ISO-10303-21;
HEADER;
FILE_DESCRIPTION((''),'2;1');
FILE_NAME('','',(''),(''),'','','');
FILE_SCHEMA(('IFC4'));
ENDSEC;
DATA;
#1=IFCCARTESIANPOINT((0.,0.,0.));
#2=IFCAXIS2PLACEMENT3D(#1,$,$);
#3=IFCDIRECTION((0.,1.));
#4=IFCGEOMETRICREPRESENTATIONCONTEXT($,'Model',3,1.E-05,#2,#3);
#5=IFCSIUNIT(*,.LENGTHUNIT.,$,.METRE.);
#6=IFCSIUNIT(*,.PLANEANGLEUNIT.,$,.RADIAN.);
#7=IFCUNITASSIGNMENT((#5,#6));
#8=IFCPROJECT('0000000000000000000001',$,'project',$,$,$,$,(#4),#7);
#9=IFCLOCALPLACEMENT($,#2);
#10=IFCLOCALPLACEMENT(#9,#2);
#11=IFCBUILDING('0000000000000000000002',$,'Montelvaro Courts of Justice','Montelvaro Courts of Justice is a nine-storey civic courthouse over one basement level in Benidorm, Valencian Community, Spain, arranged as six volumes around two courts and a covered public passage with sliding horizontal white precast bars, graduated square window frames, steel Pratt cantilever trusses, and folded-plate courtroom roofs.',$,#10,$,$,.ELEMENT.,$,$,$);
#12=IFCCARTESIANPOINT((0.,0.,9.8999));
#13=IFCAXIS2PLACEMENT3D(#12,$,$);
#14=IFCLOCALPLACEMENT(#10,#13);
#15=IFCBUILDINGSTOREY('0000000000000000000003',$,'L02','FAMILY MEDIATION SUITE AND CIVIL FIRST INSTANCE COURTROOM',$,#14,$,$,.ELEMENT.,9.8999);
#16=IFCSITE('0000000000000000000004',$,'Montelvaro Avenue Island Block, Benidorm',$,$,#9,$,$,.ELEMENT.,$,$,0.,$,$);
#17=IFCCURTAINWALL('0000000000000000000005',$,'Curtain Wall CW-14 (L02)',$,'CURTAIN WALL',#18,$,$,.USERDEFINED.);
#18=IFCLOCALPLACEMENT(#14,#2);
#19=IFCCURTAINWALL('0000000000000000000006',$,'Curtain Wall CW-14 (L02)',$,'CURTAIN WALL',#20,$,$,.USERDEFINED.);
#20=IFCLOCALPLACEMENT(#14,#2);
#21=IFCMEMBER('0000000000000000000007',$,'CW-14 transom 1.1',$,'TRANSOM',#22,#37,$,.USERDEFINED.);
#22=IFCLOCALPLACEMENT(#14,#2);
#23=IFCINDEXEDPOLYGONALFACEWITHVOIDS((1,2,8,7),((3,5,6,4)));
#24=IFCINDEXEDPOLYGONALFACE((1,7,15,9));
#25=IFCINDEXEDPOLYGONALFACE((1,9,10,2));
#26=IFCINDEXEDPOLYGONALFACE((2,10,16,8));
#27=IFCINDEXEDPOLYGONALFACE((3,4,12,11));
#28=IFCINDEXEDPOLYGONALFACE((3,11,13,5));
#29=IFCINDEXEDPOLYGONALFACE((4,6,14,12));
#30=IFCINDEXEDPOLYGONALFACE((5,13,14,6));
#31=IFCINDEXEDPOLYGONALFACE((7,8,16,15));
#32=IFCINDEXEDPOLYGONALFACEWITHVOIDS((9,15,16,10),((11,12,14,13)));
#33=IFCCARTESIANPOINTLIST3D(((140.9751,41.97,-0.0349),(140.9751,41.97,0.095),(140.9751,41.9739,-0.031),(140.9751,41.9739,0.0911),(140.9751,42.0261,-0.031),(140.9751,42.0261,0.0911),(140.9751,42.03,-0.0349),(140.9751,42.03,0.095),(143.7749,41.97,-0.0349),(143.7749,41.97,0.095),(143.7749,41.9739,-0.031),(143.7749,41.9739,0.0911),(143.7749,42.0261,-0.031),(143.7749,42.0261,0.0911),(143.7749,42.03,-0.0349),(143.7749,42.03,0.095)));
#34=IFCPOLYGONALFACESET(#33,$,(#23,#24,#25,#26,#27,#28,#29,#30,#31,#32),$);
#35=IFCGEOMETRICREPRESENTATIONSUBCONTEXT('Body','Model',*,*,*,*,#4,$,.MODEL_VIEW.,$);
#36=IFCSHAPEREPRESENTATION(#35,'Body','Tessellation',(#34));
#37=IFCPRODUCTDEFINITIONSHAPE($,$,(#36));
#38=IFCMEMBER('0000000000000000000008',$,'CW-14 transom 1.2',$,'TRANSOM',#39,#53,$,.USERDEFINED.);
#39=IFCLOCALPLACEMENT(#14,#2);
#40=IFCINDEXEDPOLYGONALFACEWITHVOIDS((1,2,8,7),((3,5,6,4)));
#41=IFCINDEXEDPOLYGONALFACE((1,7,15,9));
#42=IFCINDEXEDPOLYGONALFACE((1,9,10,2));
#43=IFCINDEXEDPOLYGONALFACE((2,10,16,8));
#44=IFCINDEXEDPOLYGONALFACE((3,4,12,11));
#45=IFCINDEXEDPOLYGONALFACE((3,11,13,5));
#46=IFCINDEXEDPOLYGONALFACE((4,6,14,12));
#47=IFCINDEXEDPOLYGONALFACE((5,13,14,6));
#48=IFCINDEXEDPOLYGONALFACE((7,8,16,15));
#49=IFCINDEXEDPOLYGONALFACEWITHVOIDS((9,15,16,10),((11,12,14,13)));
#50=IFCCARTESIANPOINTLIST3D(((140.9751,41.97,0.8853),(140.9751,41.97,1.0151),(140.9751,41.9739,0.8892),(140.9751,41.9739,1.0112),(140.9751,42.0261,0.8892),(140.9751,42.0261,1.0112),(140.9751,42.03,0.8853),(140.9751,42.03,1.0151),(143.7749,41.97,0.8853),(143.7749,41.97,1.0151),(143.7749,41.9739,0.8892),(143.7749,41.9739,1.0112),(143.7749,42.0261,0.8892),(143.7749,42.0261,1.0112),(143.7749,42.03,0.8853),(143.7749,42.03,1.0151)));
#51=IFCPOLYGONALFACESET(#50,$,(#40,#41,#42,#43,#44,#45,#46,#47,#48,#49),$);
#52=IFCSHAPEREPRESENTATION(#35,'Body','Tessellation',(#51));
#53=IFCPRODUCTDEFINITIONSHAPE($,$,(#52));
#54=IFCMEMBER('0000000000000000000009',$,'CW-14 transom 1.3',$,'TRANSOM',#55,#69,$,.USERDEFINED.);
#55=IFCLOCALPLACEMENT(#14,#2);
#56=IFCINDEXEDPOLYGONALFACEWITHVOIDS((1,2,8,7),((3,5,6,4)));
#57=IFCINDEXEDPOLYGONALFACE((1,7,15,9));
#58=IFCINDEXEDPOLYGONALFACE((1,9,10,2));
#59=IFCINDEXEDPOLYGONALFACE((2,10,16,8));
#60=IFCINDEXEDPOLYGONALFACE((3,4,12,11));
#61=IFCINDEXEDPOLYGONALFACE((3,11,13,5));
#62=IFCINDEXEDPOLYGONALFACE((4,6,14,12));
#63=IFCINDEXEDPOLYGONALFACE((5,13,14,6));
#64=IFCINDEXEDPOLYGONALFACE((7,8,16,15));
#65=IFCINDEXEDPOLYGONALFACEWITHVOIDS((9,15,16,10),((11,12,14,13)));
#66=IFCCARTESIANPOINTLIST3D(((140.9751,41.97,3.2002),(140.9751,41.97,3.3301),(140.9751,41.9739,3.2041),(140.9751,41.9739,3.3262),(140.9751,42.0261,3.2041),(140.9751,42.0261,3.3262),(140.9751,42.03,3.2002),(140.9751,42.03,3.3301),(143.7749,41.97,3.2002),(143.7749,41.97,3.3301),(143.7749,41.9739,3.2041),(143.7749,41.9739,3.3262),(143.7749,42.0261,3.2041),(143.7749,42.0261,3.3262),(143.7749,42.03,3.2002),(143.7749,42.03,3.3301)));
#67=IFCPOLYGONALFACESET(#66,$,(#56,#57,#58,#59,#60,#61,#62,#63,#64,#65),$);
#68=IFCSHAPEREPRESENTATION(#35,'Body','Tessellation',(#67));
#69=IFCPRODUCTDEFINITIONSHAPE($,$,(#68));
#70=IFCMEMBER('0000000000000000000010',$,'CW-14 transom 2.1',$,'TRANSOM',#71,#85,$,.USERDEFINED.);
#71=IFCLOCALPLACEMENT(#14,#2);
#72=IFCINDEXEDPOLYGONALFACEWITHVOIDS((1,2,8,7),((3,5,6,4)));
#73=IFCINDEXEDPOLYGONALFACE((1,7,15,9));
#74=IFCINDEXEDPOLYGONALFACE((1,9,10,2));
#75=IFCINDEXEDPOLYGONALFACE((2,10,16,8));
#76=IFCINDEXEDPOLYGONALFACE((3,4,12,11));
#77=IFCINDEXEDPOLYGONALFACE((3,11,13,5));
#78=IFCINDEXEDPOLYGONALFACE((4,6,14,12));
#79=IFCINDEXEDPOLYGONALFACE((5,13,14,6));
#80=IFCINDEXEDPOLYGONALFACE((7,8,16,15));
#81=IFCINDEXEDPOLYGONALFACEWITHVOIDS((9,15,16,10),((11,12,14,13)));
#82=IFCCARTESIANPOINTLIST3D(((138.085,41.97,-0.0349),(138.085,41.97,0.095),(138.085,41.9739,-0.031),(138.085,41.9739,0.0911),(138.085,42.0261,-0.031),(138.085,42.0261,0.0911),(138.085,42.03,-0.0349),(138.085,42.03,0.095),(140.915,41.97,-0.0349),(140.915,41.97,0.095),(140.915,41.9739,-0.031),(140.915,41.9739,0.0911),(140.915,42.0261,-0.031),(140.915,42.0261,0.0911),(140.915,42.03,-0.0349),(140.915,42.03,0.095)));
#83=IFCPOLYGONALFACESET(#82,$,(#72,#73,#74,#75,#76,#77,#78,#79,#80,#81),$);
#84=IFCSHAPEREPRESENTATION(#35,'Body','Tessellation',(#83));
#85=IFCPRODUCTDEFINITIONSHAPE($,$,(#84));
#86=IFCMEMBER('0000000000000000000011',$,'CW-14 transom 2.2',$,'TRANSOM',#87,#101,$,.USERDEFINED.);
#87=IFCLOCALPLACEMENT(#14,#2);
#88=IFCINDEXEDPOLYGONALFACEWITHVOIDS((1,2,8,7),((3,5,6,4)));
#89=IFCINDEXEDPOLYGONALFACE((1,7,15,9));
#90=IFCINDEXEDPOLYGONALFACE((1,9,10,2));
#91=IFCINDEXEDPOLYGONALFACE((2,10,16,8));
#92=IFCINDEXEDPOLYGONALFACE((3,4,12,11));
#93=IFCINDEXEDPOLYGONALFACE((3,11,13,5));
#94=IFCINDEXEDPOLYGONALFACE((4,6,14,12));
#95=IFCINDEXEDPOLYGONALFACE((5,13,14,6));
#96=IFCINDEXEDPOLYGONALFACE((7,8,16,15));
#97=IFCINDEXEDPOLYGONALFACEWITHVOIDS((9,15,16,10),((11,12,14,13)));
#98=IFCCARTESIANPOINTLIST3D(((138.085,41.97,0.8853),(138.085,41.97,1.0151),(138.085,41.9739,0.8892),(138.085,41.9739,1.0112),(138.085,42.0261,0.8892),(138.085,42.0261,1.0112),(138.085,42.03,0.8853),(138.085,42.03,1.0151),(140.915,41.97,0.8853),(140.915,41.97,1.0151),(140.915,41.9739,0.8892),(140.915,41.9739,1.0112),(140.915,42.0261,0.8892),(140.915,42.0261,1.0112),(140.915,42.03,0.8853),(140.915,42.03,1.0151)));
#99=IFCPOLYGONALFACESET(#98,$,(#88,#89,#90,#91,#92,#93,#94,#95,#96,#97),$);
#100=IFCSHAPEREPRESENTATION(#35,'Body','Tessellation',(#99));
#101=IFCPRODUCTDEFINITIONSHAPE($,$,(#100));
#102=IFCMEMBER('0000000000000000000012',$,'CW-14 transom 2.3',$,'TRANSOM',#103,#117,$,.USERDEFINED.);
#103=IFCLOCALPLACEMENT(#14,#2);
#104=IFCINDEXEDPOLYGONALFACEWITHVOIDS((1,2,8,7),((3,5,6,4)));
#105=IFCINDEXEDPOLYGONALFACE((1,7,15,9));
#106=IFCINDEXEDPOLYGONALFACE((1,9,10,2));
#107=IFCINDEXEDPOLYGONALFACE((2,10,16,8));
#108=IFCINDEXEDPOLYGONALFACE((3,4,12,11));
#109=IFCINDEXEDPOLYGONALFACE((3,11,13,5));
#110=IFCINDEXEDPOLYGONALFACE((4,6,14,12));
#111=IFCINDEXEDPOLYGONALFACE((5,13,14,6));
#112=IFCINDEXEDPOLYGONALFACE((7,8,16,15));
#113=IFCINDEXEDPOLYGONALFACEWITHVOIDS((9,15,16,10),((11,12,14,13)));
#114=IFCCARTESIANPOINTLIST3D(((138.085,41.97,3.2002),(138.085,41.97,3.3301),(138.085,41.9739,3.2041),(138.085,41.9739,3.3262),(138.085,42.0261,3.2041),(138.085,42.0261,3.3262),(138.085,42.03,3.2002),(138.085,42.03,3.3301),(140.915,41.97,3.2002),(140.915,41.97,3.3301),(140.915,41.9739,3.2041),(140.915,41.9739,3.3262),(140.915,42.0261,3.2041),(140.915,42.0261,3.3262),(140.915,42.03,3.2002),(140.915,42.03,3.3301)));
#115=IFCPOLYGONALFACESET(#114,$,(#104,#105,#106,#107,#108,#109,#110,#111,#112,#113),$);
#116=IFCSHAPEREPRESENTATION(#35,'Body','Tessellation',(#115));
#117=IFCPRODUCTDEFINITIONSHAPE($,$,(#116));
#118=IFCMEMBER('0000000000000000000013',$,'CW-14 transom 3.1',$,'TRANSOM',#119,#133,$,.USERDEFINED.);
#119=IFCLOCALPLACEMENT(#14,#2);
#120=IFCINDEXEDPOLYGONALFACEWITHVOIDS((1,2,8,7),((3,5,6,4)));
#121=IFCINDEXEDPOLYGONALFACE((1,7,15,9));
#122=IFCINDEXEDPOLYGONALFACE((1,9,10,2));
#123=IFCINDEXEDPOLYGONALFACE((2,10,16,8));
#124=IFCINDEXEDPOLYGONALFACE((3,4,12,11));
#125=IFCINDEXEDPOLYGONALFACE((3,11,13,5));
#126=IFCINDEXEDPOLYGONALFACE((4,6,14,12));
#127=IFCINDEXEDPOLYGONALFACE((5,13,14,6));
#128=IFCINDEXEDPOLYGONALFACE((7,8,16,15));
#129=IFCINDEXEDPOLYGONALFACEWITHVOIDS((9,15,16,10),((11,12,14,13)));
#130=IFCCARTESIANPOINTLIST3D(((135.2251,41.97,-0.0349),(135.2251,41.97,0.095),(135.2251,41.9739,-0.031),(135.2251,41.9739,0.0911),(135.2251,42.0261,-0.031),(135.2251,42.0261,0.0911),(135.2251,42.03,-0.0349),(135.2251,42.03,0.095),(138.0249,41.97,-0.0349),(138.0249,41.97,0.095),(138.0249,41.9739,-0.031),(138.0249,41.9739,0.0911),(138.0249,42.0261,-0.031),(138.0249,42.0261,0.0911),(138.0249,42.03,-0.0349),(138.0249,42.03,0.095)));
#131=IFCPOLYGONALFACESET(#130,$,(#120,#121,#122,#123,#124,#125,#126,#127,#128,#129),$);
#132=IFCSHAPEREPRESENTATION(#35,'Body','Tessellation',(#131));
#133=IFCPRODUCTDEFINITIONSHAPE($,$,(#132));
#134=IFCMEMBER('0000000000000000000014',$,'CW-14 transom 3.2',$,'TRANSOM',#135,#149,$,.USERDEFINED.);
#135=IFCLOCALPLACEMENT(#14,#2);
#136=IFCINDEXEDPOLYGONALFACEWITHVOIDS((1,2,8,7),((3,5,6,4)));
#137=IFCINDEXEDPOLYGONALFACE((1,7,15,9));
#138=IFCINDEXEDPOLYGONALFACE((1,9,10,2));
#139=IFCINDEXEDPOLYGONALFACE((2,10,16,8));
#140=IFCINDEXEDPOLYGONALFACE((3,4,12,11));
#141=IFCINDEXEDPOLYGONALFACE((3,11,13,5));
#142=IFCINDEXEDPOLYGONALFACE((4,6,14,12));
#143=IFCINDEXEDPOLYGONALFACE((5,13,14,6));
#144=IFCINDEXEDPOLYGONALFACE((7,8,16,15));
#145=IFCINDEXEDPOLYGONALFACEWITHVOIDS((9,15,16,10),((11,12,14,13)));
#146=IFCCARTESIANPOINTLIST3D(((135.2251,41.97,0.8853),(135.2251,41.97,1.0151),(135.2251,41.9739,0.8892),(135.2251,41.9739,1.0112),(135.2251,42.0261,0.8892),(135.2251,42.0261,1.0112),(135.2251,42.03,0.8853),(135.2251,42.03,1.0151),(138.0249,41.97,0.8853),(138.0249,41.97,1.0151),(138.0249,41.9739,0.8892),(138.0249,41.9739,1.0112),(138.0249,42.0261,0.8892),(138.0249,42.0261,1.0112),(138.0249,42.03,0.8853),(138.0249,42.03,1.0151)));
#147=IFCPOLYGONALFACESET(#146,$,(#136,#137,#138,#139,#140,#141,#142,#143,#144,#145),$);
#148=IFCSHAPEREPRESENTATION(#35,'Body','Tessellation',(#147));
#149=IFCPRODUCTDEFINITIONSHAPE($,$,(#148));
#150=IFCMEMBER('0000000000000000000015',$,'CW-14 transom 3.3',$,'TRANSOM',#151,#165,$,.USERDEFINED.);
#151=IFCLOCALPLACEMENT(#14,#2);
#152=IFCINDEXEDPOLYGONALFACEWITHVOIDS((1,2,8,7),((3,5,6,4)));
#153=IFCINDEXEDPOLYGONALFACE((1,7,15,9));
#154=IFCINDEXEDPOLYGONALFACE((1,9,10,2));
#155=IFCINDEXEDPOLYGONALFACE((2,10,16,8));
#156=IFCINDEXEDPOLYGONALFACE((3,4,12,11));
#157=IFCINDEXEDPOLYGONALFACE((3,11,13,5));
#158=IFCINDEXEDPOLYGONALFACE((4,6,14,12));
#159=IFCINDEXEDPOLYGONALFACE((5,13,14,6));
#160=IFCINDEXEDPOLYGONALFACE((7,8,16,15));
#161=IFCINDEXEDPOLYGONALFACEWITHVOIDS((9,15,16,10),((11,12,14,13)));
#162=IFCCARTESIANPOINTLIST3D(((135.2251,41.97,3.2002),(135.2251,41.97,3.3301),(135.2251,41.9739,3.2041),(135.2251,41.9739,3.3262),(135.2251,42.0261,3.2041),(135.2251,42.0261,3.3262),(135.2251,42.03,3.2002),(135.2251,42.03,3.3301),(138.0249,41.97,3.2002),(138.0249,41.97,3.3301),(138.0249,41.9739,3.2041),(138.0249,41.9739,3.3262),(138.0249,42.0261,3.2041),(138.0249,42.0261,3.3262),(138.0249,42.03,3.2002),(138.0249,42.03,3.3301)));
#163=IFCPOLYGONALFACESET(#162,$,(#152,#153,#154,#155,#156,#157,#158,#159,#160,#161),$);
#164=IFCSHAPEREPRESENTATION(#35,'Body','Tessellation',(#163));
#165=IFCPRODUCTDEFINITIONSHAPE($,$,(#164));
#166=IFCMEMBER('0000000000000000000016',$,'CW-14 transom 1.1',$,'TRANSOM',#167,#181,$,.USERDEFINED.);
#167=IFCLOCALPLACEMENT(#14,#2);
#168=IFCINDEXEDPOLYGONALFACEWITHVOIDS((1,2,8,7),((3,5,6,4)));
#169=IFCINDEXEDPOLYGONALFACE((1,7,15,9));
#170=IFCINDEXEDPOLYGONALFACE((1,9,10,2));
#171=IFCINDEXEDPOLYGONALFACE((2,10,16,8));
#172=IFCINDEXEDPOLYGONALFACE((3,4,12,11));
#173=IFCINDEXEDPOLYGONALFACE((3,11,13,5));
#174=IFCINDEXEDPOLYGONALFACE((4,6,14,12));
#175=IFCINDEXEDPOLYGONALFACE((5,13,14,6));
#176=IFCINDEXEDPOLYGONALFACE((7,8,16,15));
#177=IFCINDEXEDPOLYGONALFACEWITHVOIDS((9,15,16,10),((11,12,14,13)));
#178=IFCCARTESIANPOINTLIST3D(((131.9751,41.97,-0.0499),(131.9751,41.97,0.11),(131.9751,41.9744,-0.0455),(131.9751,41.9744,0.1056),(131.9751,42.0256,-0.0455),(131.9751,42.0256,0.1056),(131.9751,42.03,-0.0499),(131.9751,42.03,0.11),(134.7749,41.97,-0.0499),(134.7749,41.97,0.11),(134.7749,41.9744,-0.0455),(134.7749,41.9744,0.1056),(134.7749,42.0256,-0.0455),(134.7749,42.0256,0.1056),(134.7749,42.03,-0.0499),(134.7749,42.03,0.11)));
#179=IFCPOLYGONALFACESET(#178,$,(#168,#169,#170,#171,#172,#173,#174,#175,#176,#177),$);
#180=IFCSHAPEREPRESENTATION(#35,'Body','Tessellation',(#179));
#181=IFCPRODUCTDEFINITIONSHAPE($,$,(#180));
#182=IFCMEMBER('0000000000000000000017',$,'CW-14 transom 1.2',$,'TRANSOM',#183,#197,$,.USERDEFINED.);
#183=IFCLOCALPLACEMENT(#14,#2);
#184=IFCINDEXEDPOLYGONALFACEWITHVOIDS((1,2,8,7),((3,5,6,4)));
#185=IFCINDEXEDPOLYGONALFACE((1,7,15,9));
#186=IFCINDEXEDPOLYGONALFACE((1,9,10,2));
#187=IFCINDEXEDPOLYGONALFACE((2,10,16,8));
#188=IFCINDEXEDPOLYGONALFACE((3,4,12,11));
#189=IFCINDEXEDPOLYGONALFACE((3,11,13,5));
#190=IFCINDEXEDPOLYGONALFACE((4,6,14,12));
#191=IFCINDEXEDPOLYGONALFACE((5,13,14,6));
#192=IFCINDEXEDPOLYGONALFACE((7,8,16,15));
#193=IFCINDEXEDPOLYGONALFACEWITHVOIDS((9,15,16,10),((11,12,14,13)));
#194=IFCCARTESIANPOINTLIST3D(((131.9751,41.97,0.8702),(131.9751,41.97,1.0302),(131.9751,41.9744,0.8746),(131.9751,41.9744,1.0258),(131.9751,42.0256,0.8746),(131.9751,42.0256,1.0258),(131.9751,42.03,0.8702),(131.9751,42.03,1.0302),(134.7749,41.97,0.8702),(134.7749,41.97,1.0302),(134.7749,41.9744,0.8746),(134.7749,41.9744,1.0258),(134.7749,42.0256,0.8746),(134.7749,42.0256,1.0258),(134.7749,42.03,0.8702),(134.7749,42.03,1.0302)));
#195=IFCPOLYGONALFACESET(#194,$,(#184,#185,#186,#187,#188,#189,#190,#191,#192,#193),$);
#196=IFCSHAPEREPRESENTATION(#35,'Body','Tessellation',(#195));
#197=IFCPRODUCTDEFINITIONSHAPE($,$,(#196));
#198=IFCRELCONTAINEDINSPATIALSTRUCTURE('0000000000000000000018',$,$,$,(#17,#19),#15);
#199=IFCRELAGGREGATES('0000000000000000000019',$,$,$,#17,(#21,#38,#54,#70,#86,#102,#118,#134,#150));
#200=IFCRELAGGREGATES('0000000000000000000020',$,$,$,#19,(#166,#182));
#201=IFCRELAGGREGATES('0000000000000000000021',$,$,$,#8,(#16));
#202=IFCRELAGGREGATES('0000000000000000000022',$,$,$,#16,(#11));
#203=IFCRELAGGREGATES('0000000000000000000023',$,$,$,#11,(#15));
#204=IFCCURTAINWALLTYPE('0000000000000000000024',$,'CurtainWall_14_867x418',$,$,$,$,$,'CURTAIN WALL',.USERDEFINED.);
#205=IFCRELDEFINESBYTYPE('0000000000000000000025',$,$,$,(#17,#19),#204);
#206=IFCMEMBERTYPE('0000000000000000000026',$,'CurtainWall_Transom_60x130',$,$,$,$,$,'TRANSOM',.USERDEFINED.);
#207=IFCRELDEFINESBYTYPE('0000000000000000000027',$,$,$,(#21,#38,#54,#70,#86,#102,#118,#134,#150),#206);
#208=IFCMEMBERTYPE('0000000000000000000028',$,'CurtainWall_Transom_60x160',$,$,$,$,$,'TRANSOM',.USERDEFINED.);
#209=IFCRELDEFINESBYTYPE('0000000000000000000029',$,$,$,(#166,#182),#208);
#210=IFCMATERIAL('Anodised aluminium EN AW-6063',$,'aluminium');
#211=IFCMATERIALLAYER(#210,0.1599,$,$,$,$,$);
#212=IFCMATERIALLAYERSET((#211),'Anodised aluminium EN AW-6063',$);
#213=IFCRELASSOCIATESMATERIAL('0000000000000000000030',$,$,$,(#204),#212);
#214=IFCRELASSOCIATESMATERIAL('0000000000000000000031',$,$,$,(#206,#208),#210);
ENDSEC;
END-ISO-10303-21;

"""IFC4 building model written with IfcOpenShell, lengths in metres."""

from ifc_helpers import new_model, si_unit, direction, frame, origin, origin_2d, place, context, subcontext, project, spatial, hollow_rectangle, extrude, material, layer, layer_set, material_profile, profile_set, type_object, element, aggregate, save


model = new_model("IFC4")

# Units and contexts
model_context = context("Model", 3, precision=1e-05, world=origin(), true_north=direction((0.0, 1.0)))
body_context = subcontext(model_context, "Body", "Model", "MODEL_VIEW")
ifc_project = project(units=[si_unit("LENGTHUNIT", "METRE"), si_unit("PLANEANGLEUNIT", "RADIAN")], contexts=[model_context])

# Site, building, storey
site_placement = place(None, origin())
site = spatial("IfcSite", under=ifc_project, at=site_placement, Name="Montelvaro Avenue Island Block, Benidorm", CompositionType="ELEMENT", RefElevation=0.0)
building_placement = place(site_placement, origin())
building = spatial("IfcBuilding", under=site, at=building_placement, Name="Montelvaro Courts of Justice", Description="Montelvaro Courts of Justice is a nine-storey civic courthouse over one basement level in Benidorm, Valencian Community, Spain, arranged as six volumes around two courts and a covered public passage with sliding horizontal white precast bars, graduated square window frames, steel Pratt cantilever trusses, and folded-plate courtroom roofs.", CompositionType="ELEMENT")
storey_placement = place(building_placement, frame((0.0, 0.0, 9.8999)))
storey = spatial("IfcBuildingStorey", under=building, at=storey_placement, Name="L02", Description="FAMILY MEDIATION SUITE AND CIVIL FIRST INSTANCE COURTROOM", CompositionType="ELEMENT", Elevation=9.8999)

# Shared definitions
ifc_material_1 = material(Name="Anodised aluminium EN AW-6063", Category="aluminium")

# Curtain wall
ifc_layer_1 = layer(ifc_material_1, 0.1599)
ifc_layer_set_1 = layer_set([ifc_layer_1], Name="Anodised aluminium EN AW-6063")
curtain_wall_type_1 = type_object("IfcCurtainWallType", Name="CurtainWall_14_867x418", ElementType="CURTAIN WALL", PredefinedType="USERDEFINED", material=ifc_layer_set_1)
curtain_wall_1_placement = place(storey_placement, origin())
curtain_wall_1 = element("IfcCurtainWall", 1, at=curtain_wall_1_placement, inside=storey, type_object=curtain_wall_type_1, Name="Curtain Wall CW-14 (L02)", ObjectType="CURTAIN WALL", PredefinedType="USERDEFINED")

# Curtain wall
curtain_wall_2_placement = place(storey_placement, origin())
curtain_wall_2 = element("IfcCurtainWall", 2, at=curtain_wall_2_placement, inside=storey, type_object=curtain_wall_type_1, Name="Curtain Wall CW-14 (L02)", ObjectType="CURTAIN WALL", PredefinedType="USERDEFINED")

# Members
ifc_material_profile_1 = material_profile(ifc_material_1, hollow_rectangle(XDim=0.0601, YDim=0.1299, WallThickness=0.0039, at=origin_2d()), Name="ALU-T 60x130")
ifc_profile_set_1 = profile_set([ifc_material_profile_1], Name="Anodised aluminium EN AW-6063")
member_type_1 = type_object("IfcMemberType", Name="CurtainWall_Transom_60x130", ElementType="TRANSOM", PredefinedType="USERDEFINED", material=ifc_profile_set_1)
member_1_placement = place(storey_placement, frame((143.7749, 42.0, 0.03), z_axis=(-1.0, 0.0, 0.0), x_axis=(0.0, -1.0, 0.0)))
member_1 = element("IfcMember", 3, at=member_1_placement, type_object=member_type_1, Name="CW-14 transom 1.1", ObjectType="TRANSOM", PredefinedType="USERDEFINED", context=body_context, shape_type="SweptSolid", body=[
    extrude(hollow_rectangle(XDim=0.0601, YDim=0.1299, WallThickness=0.0039, at=origin_2d()), origin(), (0.0, 0.0, 1.0), 2.7998),
])
member_2_placement = place(storey_placement, frame((143.7749, 42.0, 0.9502), z_axis=(-1.0, 0.0, 0.0), x_axis=(0.0, -1.0, 0.0)))
member_2 = element("IfcMember", 4, at=member_2_placement, type_object=member_type_1, Name="CW-14 transom 1.2", ObjectType="TRANSOM", PredefinedType="USERDEFINED", context=body_context, shape_type="SweptSolid", body=[
    extrude(hollow_rectangle(XDim=0.0601, YDim=0.1299, WallThickness=0.0039, at=origin_2d()), origin(), (0.0, 0.0, 1.0), 2.7998),
])
member_3_placement = place(storey_placement, frame((143.7749, 42.0, 3.2651), z_axis=(-1.0, 0.0, 0.0), x_axis=(0.0, -1.0, 0.0)))
member_3 = element("IfcMember", 5, at=member_3_placement, type_object=member_type_1, Name="CW-14 transom 1.3", ObjectType="TRANSOM", PredefinedType="USERDEFINED", context=body_context, shape_type="SweptSolid", body=[
    extrude(hollow_rectangle(XDim=0.0601, YDim=0.1299, WallThickness=0.0039, at=origin_2d()), origin(), (0.0, 0.0, 1.0), 2.7998),
])
member_4_placement = place(storey_placement, frame((140.915, 42.0, 0.03), z_axis=(-1.0, 0.0, 0.0), x_axis=(0.0, -1.0, 0.0)))
member_4 = element("IfcMember", 6, at=member_4_placement, type_object=member_type_1, Name="CW-14 transom 2.1", ObjectType="TRANSOM", PredefinedType="USERDEFINED", context=body_context, shape_type="SweptSolid", body=[
    extrude(hollow_rectangle(XDim=0.0601, YDim=0.1299, WallThickness=0.0039, at=origin_2d()), origin(), (0.0, 0.0, 1.0), 2.8301),
])
member_5_placement = place(storey_placement, frame((140.915, 42.0, 0.9502), z_axis=(-1.0, 0.0, 0.0), x_axis=(0.0, -1.0, 0.0)))
member_5 = element("IfcMember", 7, at=member_5_placement, type_object=member_type_1, Name="CW-14 transom 2.2", ObjectType="TRANSOM", PredefinedType="USERDEFINED", context=body_context, shape_type="SweptSolid", body=[
    extrude(hollow_rectangle(XDim=0.0601, YDim=0.1299, WallThickness=0.0039, at=origin_2d()), origin(), (0.0, 0.0, 1.0), 2.8301),
])
member_6_placement = place(storey_placement, frame((140.915, 42.0, 3.2651), z_axis=(-1.0, 0.0, 0.0), x_axis=(0.0, -1.0, 0.0)))
member_6 = element("IfcMember", 8, at=member_6_placement, type_object=member_type_1, Name="CW-14 transom 2.3", ObjectType="TRANSOM", PredefinedType="USERDEFINED", context=body_context, shape_type="SweptSolid", body=[
    extrude(hollow_rectangle(XDim=0.0601, YDim=0.1299, WallThickness=0.0039, at=origin_2d()), origin(), (0.0, 0.0, 1.0), 2.8301),
])
member_7_placement = place(storey_placement, frame((138.0249, 42.0, 0.03), z_axis=(-1.0, 0.0, 0.0), x_axis=(0.0, -1.0, 0.0)))
member_7 = element("IfcMember", 9, at=member_7_placement, type_object=member_type_1, Name="CW-14 transom 3.1", ObjectType="TRANSOM", PredefinedType="USERDEFINED", context=body_context, shape_type="SweptSolid", body=[
    extrude(hollow_rectangle(XDim=0.0601, YDim=0.1299, WallThickness=0.0039, at=origin_2d()), origin(), (0.0, 0.0, 1.0), 2.7998),
])
member_8_placement = place(storey_placement, frame((138.0249, 42.0, 0.9502), z_axis=(-1.0, 0.0, 0.0), x_axis=(0.0, -1.0, 0.0)))
member_8 = element("IfcMember", 10, at=member_8_placement, type_object=member_type_1, Name="CW-14 transom 3.2", ObjectType="TRANSOM", PredefinedType="USERDEFINED", context=body_context, shape_type="SweptSolid", body=[
    extrude(hollow_rectangle(XDim=0.0601, YDim=0.1299, WallThickness=0.0039, at=origin_2d()), origin(), (0.0, 0.0, 1.0), 2.7998),
])
member_9_placement = place(storey_placement, frame((138.0249, 42.0, 3.2651), z_axis=(-1.0, 0.0, 0.0), x_axis=(0.0, -1.0, 0.0)))
member_9 = element("IfcMember", 11, at=member_9_placement, type_object=member_type_1, Name="CW-14 transom 3.3", ObjectType="TRANSOM", PredefinedType="USERDEFINED", context=body_context, shape_type="SweptSolid", body=[
    extrude(hollow_rectangle(XDim=0.0601, YDim=0.1299, WallThickness=0.0039, at=origin_2d()), origin(), (0.0, 0.0, 1.0), 2.7998),
])
ifc_material_profile_2 = material_profile(ifc_material_1, hollow_rectangle(XDim=0.0601, YDim=0.1599, WallThickness=0.0044, at=origin_2d()), Name="ALU-T 60x160")
ifc_profile_set_2 = profile_set([ifc_material_profile_2], Name="Anodised aluminium EN AW-6063")
member_type_2 = type_object("IfcMemberType", Name="CurtainWall_Transom_60x160", ElementType="TRANSOM", PredefinedType="USERDEFINED", material=ifc_profile_set_2)
member_10_placement = place(storey_placement, frame((134.7749, 42.0, 0.03), z_axis=(-1.0, 0.0, 0.0), x_axis=(0.0, -1.0, 0.0)))
member_10 = element("IfcMember", 12, at=member_10_placement, type_object=member_type_2, Name="CW-14 transom 1.1", ObjectType="TRANSOM", PredefinedType="USERDEFINED", context=body_context, shape_type="SweptSolid", body=[
    extrude(hollow_rectangle(XDim=0.0601, YDim=0.1599, WallThickness=0.0044, at=origin_2d()), origin(), (0.0, 0.0, 1.0), 2.7998),
])
member_11_placement = place(storey_placement, frame((134.7749, 42.0, 0.9502), z_axis=(-1.0, 0.0, 0.0), x_axis=(0.0, -1.0, 0.0)))
member_11 = element("IfcMember", 13, at=member_11_placement, type_object=member_type_2, Name="CW-14 transom 1.2", ObjectType="TRANSOM", PredefinedType="USERDEFINED", context=body_context, shape_type="SweptSolid", body=[
    extrude(hollow_rectangle(XDim=0.0601, YDim=0.1599, WallThickness=0.0044, at=origin_2d()), origin(), (0.0, 0.0, 1.0), 2.7998),
])

aggregate(curtain_wall_1, [member_1, member_2, member_3, member_4, member_5, member_6, member_7, member_8, member_9])
aggregate(curtain_wall_2, [member_10, member_11])

save(model, "model.ifc")
